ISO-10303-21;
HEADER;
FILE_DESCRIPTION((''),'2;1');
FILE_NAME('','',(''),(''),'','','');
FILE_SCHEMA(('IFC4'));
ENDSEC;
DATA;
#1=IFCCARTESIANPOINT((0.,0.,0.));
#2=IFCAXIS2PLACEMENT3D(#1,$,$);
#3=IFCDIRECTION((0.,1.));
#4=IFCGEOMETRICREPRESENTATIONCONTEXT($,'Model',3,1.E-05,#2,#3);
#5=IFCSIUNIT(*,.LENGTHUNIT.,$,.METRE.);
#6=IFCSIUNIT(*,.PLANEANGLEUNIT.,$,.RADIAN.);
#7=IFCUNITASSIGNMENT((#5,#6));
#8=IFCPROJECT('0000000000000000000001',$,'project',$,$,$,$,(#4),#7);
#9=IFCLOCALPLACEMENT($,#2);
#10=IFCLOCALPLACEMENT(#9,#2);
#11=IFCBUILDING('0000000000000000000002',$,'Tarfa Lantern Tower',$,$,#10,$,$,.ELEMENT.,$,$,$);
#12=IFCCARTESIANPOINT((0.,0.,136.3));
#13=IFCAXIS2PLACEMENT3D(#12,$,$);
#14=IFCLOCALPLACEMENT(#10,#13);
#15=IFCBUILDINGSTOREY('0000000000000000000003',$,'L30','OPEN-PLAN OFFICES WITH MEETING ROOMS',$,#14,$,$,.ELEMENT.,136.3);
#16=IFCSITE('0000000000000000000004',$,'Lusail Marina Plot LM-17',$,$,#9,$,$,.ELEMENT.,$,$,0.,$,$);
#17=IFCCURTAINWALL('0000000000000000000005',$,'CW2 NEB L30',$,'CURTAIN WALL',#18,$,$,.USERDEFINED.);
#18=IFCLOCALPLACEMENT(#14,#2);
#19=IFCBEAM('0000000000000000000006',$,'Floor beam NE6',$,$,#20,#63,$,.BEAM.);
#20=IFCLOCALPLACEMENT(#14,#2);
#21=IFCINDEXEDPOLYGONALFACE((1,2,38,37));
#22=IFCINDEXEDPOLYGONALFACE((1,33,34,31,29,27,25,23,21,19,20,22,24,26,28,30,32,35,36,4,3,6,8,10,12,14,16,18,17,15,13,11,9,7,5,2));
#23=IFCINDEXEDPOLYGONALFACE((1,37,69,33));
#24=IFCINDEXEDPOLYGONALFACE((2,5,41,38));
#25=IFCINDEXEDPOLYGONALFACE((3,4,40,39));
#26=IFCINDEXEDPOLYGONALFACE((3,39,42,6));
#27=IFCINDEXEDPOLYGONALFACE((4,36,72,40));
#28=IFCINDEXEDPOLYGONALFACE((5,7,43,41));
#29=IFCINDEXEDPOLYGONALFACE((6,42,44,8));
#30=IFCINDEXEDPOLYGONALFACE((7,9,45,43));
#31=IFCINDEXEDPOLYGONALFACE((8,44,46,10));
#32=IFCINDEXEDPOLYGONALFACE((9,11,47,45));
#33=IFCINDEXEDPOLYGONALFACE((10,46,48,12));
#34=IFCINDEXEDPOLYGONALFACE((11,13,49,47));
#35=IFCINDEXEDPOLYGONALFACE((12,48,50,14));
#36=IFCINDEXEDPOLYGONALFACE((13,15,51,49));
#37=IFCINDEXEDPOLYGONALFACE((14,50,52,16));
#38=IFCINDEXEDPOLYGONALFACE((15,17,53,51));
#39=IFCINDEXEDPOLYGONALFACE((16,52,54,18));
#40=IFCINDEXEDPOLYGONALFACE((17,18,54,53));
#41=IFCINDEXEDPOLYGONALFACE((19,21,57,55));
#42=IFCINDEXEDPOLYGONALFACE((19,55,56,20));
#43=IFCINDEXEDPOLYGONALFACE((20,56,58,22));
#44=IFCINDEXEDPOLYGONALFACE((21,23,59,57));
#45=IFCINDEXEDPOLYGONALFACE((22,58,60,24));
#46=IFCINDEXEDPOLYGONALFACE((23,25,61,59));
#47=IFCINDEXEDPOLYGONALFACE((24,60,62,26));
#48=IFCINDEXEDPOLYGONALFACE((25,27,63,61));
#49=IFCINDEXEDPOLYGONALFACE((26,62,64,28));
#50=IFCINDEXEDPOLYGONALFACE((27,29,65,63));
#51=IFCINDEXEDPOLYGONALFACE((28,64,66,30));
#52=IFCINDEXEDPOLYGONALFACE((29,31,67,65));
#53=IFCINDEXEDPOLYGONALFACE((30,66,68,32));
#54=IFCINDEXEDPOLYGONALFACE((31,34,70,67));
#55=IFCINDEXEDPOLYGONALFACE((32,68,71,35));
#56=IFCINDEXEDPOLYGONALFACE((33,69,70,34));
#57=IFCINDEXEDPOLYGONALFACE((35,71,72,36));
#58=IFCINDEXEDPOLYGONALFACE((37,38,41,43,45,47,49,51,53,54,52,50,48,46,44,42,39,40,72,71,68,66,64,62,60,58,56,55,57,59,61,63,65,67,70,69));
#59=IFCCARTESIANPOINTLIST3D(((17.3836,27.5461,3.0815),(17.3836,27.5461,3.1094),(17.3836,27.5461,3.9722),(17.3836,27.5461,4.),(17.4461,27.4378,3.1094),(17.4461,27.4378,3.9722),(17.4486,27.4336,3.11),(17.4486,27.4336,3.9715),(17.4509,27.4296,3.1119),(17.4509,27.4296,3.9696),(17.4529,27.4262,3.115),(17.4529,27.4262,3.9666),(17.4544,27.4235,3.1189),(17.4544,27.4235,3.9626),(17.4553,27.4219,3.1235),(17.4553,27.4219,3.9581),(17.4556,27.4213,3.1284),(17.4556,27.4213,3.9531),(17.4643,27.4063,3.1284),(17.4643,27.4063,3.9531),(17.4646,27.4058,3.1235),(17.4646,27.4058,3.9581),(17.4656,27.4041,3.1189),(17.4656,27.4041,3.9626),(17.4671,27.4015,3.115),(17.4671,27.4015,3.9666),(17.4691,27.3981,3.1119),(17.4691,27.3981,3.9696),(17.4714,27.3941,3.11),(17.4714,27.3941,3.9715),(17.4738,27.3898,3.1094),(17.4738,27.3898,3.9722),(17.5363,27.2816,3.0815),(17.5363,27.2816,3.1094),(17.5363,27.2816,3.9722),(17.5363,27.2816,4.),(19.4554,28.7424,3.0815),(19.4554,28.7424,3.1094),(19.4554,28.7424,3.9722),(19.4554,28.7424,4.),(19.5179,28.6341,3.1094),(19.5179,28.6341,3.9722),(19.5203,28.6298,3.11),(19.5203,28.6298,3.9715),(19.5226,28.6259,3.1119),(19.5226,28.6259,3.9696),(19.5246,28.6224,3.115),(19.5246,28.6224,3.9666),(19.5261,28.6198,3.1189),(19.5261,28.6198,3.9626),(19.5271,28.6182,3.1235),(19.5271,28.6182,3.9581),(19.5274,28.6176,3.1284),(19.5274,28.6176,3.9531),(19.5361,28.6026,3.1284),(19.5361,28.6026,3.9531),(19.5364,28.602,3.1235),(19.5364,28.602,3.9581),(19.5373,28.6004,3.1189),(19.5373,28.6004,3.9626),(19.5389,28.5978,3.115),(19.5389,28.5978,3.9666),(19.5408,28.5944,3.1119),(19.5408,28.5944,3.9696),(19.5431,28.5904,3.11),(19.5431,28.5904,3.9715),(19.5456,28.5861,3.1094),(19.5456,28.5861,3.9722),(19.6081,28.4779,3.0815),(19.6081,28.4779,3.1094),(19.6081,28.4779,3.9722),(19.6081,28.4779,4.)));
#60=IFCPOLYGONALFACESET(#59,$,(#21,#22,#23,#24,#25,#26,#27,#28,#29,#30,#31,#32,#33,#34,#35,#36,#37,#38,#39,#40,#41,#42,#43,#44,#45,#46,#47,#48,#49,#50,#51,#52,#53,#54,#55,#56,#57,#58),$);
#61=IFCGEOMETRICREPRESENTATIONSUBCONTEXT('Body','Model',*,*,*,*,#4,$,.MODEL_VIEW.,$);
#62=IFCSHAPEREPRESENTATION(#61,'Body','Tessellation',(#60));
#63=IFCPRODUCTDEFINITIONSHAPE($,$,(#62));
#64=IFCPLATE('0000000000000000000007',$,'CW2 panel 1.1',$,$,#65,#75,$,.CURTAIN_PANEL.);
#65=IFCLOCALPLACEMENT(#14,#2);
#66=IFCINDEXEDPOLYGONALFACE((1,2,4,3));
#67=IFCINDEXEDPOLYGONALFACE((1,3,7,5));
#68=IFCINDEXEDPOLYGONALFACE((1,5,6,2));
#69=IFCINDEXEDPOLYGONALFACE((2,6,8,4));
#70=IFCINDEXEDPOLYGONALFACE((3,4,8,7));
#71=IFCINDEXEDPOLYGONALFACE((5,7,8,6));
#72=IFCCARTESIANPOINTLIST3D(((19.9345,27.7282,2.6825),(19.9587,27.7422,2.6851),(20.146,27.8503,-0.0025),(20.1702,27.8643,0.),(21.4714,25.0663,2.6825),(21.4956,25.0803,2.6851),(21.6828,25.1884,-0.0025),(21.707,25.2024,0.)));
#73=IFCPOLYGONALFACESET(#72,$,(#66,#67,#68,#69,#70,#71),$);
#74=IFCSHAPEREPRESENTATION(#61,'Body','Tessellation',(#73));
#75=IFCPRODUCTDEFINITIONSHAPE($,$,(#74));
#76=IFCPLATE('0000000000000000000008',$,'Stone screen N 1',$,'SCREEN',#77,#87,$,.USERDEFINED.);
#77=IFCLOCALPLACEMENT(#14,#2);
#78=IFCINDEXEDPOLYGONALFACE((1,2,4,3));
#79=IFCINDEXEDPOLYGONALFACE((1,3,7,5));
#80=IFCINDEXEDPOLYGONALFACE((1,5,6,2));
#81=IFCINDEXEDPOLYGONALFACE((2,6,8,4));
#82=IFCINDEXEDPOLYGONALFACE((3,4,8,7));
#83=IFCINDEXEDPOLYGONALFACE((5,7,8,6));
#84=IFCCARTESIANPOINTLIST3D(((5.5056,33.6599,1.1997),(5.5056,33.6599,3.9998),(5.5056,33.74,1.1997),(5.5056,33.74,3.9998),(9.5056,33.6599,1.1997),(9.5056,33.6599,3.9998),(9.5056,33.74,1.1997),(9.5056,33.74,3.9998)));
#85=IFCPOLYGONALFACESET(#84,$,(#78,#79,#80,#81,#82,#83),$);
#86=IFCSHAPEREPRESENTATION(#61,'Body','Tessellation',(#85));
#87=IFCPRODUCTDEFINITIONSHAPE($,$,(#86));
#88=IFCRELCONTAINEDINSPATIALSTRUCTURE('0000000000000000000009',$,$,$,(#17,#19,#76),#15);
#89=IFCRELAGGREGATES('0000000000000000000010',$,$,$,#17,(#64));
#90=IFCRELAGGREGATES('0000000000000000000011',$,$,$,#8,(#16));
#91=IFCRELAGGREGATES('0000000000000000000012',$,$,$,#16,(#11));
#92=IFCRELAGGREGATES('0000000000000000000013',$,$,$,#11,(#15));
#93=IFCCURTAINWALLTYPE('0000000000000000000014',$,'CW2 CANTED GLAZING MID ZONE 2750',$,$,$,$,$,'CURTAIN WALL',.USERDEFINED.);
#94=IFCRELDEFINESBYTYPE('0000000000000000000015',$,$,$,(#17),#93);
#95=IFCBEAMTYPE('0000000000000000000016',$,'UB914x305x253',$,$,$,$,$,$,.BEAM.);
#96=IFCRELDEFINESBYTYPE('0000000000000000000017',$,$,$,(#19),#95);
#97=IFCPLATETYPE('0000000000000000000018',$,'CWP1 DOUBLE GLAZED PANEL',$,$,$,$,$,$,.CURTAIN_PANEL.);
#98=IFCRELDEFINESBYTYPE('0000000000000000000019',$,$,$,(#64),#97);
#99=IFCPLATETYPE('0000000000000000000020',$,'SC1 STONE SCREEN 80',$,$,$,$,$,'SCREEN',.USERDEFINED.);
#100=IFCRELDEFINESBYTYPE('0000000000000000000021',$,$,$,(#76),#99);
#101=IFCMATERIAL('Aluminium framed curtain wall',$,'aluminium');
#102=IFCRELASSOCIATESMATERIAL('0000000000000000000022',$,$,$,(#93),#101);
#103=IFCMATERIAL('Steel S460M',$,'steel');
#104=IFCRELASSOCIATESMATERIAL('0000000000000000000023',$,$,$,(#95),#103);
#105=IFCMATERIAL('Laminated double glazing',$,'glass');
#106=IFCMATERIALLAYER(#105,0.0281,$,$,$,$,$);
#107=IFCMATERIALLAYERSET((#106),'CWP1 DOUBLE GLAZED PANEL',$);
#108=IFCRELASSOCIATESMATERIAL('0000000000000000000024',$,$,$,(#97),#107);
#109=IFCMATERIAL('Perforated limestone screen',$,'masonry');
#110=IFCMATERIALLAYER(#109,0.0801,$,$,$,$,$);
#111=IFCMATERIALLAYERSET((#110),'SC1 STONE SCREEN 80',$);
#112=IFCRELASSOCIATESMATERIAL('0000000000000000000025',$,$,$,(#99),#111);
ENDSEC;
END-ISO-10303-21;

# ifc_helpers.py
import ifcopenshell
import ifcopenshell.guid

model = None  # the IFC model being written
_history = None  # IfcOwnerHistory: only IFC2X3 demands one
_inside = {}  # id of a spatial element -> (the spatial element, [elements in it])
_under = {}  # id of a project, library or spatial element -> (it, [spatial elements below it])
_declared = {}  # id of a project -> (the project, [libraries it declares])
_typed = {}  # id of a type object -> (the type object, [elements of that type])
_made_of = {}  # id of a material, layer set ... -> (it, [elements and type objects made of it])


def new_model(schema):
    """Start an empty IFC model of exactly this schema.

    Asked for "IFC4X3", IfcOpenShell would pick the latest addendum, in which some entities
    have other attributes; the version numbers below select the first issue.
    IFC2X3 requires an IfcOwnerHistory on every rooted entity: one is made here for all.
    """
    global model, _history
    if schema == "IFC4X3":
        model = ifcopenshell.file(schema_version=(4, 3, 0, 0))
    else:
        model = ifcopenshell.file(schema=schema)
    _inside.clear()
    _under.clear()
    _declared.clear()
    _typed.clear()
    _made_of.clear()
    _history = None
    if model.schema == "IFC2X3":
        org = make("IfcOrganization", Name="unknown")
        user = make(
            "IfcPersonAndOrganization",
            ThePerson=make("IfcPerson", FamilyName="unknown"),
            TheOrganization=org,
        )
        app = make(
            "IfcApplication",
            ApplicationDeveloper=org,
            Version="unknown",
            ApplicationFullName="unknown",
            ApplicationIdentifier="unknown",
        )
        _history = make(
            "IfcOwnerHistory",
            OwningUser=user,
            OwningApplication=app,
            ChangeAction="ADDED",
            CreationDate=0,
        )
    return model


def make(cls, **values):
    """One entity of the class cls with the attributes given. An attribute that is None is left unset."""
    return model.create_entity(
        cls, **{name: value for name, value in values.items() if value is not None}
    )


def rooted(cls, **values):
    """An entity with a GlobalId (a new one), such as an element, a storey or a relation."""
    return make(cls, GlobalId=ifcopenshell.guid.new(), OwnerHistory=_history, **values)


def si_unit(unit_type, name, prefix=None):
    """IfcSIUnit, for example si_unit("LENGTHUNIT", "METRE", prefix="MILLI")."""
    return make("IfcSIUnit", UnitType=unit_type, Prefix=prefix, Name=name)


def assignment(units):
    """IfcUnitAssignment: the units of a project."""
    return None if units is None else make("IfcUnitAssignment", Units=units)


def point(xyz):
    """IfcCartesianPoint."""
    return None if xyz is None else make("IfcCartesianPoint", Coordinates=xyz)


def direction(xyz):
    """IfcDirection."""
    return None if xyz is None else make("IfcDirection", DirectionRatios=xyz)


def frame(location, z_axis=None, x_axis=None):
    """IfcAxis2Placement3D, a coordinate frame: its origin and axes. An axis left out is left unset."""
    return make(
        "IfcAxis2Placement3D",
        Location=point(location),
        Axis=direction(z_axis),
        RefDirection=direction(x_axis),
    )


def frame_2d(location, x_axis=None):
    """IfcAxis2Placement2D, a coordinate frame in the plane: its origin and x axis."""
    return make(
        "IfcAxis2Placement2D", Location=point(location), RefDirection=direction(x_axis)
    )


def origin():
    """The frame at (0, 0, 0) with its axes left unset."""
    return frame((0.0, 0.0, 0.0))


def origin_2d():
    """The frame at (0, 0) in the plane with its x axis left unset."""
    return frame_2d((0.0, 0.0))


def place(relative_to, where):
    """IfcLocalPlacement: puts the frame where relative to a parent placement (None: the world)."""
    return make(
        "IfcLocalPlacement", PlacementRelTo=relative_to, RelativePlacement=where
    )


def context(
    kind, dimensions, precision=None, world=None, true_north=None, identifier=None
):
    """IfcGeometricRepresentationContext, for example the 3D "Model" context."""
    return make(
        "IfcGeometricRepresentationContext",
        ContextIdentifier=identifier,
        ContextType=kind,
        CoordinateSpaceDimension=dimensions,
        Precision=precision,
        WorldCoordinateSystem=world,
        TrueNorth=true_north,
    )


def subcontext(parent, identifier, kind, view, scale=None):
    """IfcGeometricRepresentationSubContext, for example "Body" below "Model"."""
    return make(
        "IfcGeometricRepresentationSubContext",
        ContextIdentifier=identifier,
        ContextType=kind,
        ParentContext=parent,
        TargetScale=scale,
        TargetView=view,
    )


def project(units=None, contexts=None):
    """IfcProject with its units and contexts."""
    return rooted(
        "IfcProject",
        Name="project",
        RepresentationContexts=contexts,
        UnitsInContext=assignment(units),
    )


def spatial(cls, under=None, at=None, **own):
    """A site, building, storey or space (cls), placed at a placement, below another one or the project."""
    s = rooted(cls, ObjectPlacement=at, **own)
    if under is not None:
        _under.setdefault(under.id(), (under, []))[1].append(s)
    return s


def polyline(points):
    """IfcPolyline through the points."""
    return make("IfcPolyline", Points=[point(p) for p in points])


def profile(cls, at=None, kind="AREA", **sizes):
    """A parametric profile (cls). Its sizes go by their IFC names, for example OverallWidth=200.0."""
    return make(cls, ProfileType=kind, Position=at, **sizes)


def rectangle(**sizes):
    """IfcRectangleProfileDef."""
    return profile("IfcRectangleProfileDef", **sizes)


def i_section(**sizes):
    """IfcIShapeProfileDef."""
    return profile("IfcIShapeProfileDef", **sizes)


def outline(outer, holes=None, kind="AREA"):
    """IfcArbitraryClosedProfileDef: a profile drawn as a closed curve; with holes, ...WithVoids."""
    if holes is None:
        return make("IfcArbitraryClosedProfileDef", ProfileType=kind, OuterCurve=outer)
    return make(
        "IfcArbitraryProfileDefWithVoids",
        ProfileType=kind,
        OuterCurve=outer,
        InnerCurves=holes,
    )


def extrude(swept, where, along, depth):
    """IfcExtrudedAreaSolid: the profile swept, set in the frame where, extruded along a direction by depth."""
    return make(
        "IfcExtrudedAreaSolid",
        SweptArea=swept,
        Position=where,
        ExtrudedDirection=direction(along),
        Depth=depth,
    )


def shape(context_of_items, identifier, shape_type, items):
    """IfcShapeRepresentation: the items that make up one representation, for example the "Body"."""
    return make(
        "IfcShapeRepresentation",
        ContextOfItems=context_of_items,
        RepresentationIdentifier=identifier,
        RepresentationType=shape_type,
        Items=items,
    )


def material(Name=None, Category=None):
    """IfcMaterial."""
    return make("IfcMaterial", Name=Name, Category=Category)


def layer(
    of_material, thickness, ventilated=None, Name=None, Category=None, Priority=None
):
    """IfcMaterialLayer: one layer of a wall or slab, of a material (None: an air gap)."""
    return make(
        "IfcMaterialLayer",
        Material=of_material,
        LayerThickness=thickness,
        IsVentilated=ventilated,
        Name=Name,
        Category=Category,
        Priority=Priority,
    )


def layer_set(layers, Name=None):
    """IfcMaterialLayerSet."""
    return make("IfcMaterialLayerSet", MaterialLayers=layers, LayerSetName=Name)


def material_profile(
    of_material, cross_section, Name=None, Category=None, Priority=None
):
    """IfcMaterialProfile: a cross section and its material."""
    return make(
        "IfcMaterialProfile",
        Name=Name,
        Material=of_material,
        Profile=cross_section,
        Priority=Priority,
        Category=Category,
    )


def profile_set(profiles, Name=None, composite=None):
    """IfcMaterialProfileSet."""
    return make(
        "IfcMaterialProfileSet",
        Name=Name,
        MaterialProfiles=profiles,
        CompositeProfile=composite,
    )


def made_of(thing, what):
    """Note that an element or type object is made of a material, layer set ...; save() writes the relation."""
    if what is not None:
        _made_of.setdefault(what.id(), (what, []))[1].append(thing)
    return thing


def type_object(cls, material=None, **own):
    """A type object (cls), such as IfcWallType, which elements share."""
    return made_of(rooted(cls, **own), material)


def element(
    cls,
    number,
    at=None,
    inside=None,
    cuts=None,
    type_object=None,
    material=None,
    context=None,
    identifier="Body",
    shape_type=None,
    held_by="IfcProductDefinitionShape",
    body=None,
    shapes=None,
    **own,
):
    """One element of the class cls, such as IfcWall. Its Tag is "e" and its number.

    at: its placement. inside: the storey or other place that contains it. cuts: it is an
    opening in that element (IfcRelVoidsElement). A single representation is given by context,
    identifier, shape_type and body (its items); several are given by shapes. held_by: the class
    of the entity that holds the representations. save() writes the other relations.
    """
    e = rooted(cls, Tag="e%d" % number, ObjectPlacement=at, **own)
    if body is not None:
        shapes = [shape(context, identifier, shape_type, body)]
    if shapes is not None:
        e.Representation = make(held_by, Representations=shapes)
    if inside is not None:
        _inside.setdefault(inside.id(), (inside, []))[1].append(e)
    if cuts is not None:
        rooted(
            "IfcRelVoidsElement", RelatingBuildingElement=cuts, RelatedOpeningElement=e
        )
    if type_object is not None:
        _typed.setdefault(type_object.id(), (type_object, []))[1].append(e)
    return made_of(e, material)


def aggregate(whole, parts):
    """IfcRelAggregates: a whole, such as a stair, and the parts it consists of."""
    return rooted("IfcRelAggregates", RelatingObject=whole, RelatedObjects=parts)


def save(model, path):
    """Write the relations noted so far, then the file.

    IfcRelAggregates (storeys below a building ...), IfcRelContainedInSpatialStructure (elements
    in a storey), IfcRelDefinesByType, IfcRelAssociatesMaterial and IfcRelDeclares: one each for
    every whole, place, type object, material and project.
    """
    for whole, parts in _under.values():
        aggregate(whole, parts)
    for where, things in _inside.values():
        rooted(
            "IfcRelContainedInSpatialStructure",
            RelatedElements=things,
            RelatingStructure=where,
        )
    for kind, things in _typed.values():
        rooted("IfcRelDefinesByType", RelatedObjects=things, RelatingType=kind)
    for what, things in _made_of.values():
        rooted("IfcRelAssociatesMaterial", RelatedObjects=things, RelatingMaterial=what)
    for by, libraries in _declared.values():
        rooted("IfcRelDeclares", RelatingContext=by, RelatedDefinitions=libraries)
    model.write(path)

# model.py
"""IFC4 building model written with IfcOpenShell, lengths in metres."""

from ifc_helpers import new_model, si_unit, direction, frame, origin, origin_2d, place, context, subcontext, project, spatial, polyline, rectangle, i_section, outline, extrude, material, layer, layer_set, material_profile, profile_set, type_object, element, aggregate, save


model = new_model("IFC4")

# Units and contexts
model_context = context("Model", 3, precision=1e-05, world=origin(), true_north=direction((0.0, 1.0)))
body_context = subcontext(model_context, "Body", "Model", "MODEL_VIEW")
ifc_project = project(units=[si_unit("LENGTHUNIT", "METRE"), si_unit("PLANEANGLEUNIT", "RADIAN")], contexts=[model_context])

# Site, building, storey
site_placement = place(None, origin())
site = spatial("IfcSite", under=ifc_project, at=site_placement, Name="Lusail Marina Plot LM-17", CompositionType="ELEMENT", RefElevation=0.0)
building_placement = place(site_placement, origin())
building = spatial("IfcBuilding", under=site, at=building_placement, Name="Tarfa Lantern Tower", CompositionType="ELEMENT")
storey_placement = place(building_placement, frame((0.0, 0.0, 136.3)))
storey = spatial("IfcBuildingStorey", under=building, at=storey_placement, Name="L30", Description="OPEN-PLAN OFFICES WITH MEETING ROOMS", CompositionType="ELEMENT", Elevation=136.3)

# Curtain wall
ifc_material_1 = material(Name="Aluminium framed curtain wall", Category="aluminium")
curtain_wall_type = type_object("IfcCurtainWallType", Name="CW2 CANTED GLAZING MID ZONE 2750", ElementType="CURTAIN WALL", PredefinedType="USERDEFINED", material=ifc_material_1)
curtain_wall_placement = place(storey_placement, origin())
curtain_wall = element("IfcCurtainWall", 1, at=curtain_wall_placement, inside=storey, type_object=curtain_wall_type, Name="CW2 NEB L30", ObjectType="CURTAIN WALL", PredefinedType="USERDEFINED")

# Beam
ifc_material_2 = material(Name="Steel S460M", Category="steel")
ifc_material_profile_1 = material_profile(ifc_material_2, i_section(OverallWidth=0.3054, OverallDepth=0.9185, WebThickness=0.0173, FlangeThickness=0.0278, FilletRadius=0.019, at=origin_2d()), Name="UB914x305x253")
ifc_profile_set_1 = profile_set([ifc_material_profile_1], Name="Steel S460M")
beam_type_1 = type_object("IfcBeamType", Name="UB914x305x253", PredefinedType="BEAM", material=ifc_profile_set_1)
beam_1_placement = place(storey_placement, frame((19.5317, 28.6101, 3.5408), z_axis=(-0.865999, -0.500046, 0.0), x_axis=(0.500046, -0.865999, 0.0)))
element("IfcBeam", 2, at=beam_1_placement, inside=storey, type_object=beam_type_1, Name="Floor beam NE6", PredefinedType="BEAM", context=body_context, shape_type="SweptSolid", body=[
    extrude(i_section(OverallWidth=0.3054, OverallDepth=0.9185, WebThickness=0.0173, FlangeThickness=0.0278, FilletRadius=0.019, at=origin_2d()), origin(), (0.0, 0.0, 1.0), 2.3923),
])

# Plates
ifc_material_3 = material(Name="Laminated double glazing", Category="glass")
ifc_layer_1 = layer(ifc_material_3, 0.0281)
ifc_layer_set_1 = layer_set([ifc_layer_1], Name="CWP1 DOUBLE GLAZED PANEL")
plate_type_1 = type_object("IfcPlateType", Name="CWP1 DOUBLE GLAZED PANEL", PredefinedType="CURTAIN_PANEL", material=ifc_layer_set_1)
plate_1_placement = place(storey_placement, frame((21.707, 25.2024, 0.0), z_axis=(0.862463, 0.497955, 0.09055), x_axis=(-0.500009, 0.86602, 0.0)))
plate_1 = element("IfcPlate", 3, at=plate_1_placement, type_object=plate_type_1, Name="CW2 panel 1.1", PredefinedType="CURTAIN_PANEL", context=body_context, shape_type="SweptSolid", body=[
    extrude(outline(polyline([(0.0, 0.0), (3.0737, 0.0), (3.0737, 2.6961), (0.0, 2.6961), (0.0, 0.0)])), origin(), (0.0, 0.0, -1.0), 0.0281),
])
aggregate(curtain_wall, [plate_1])
ifc_material_4 = material(Name="Perforated limestone screen", Category="masonry")
ifc_layer_2 = layer(ifc_material_4, 0.0801)
ifc_layer_set_2 = layer_set([ifc_layer_2], Name="SC1 STONE SCREEN 80")
plate_type_2 = type_object("IfcPlateType", Name="SC1 STONE SCREEN 80", ElementType="SCREEN", PredefinedType="USERDEFINED", material=ifc_layer_set_2)
plate_2_placement = place(storey_placement, frame((7.5056, 33.7, 1.1997), z_axis=(0.0, 0.0, 1.0), x_axis=(-1.0, 0.0, 0.0)))
element("IfcPlate", 4, at=plate_2_placement, inside=storey, type_object=plate_type_2, Name="Stone screen N 1", ObjectType="SCREEN", PredefinedType="USERDEFINED", context=body_context, shape_type="SweptSolid", body=[
    extrude(rectangle(XDim=4.0, YDim=0.0801, at=origin_2d()), origin(), (0.0, 0.0, 1.0), 2.8),
])

save(model, "model.ifc")
